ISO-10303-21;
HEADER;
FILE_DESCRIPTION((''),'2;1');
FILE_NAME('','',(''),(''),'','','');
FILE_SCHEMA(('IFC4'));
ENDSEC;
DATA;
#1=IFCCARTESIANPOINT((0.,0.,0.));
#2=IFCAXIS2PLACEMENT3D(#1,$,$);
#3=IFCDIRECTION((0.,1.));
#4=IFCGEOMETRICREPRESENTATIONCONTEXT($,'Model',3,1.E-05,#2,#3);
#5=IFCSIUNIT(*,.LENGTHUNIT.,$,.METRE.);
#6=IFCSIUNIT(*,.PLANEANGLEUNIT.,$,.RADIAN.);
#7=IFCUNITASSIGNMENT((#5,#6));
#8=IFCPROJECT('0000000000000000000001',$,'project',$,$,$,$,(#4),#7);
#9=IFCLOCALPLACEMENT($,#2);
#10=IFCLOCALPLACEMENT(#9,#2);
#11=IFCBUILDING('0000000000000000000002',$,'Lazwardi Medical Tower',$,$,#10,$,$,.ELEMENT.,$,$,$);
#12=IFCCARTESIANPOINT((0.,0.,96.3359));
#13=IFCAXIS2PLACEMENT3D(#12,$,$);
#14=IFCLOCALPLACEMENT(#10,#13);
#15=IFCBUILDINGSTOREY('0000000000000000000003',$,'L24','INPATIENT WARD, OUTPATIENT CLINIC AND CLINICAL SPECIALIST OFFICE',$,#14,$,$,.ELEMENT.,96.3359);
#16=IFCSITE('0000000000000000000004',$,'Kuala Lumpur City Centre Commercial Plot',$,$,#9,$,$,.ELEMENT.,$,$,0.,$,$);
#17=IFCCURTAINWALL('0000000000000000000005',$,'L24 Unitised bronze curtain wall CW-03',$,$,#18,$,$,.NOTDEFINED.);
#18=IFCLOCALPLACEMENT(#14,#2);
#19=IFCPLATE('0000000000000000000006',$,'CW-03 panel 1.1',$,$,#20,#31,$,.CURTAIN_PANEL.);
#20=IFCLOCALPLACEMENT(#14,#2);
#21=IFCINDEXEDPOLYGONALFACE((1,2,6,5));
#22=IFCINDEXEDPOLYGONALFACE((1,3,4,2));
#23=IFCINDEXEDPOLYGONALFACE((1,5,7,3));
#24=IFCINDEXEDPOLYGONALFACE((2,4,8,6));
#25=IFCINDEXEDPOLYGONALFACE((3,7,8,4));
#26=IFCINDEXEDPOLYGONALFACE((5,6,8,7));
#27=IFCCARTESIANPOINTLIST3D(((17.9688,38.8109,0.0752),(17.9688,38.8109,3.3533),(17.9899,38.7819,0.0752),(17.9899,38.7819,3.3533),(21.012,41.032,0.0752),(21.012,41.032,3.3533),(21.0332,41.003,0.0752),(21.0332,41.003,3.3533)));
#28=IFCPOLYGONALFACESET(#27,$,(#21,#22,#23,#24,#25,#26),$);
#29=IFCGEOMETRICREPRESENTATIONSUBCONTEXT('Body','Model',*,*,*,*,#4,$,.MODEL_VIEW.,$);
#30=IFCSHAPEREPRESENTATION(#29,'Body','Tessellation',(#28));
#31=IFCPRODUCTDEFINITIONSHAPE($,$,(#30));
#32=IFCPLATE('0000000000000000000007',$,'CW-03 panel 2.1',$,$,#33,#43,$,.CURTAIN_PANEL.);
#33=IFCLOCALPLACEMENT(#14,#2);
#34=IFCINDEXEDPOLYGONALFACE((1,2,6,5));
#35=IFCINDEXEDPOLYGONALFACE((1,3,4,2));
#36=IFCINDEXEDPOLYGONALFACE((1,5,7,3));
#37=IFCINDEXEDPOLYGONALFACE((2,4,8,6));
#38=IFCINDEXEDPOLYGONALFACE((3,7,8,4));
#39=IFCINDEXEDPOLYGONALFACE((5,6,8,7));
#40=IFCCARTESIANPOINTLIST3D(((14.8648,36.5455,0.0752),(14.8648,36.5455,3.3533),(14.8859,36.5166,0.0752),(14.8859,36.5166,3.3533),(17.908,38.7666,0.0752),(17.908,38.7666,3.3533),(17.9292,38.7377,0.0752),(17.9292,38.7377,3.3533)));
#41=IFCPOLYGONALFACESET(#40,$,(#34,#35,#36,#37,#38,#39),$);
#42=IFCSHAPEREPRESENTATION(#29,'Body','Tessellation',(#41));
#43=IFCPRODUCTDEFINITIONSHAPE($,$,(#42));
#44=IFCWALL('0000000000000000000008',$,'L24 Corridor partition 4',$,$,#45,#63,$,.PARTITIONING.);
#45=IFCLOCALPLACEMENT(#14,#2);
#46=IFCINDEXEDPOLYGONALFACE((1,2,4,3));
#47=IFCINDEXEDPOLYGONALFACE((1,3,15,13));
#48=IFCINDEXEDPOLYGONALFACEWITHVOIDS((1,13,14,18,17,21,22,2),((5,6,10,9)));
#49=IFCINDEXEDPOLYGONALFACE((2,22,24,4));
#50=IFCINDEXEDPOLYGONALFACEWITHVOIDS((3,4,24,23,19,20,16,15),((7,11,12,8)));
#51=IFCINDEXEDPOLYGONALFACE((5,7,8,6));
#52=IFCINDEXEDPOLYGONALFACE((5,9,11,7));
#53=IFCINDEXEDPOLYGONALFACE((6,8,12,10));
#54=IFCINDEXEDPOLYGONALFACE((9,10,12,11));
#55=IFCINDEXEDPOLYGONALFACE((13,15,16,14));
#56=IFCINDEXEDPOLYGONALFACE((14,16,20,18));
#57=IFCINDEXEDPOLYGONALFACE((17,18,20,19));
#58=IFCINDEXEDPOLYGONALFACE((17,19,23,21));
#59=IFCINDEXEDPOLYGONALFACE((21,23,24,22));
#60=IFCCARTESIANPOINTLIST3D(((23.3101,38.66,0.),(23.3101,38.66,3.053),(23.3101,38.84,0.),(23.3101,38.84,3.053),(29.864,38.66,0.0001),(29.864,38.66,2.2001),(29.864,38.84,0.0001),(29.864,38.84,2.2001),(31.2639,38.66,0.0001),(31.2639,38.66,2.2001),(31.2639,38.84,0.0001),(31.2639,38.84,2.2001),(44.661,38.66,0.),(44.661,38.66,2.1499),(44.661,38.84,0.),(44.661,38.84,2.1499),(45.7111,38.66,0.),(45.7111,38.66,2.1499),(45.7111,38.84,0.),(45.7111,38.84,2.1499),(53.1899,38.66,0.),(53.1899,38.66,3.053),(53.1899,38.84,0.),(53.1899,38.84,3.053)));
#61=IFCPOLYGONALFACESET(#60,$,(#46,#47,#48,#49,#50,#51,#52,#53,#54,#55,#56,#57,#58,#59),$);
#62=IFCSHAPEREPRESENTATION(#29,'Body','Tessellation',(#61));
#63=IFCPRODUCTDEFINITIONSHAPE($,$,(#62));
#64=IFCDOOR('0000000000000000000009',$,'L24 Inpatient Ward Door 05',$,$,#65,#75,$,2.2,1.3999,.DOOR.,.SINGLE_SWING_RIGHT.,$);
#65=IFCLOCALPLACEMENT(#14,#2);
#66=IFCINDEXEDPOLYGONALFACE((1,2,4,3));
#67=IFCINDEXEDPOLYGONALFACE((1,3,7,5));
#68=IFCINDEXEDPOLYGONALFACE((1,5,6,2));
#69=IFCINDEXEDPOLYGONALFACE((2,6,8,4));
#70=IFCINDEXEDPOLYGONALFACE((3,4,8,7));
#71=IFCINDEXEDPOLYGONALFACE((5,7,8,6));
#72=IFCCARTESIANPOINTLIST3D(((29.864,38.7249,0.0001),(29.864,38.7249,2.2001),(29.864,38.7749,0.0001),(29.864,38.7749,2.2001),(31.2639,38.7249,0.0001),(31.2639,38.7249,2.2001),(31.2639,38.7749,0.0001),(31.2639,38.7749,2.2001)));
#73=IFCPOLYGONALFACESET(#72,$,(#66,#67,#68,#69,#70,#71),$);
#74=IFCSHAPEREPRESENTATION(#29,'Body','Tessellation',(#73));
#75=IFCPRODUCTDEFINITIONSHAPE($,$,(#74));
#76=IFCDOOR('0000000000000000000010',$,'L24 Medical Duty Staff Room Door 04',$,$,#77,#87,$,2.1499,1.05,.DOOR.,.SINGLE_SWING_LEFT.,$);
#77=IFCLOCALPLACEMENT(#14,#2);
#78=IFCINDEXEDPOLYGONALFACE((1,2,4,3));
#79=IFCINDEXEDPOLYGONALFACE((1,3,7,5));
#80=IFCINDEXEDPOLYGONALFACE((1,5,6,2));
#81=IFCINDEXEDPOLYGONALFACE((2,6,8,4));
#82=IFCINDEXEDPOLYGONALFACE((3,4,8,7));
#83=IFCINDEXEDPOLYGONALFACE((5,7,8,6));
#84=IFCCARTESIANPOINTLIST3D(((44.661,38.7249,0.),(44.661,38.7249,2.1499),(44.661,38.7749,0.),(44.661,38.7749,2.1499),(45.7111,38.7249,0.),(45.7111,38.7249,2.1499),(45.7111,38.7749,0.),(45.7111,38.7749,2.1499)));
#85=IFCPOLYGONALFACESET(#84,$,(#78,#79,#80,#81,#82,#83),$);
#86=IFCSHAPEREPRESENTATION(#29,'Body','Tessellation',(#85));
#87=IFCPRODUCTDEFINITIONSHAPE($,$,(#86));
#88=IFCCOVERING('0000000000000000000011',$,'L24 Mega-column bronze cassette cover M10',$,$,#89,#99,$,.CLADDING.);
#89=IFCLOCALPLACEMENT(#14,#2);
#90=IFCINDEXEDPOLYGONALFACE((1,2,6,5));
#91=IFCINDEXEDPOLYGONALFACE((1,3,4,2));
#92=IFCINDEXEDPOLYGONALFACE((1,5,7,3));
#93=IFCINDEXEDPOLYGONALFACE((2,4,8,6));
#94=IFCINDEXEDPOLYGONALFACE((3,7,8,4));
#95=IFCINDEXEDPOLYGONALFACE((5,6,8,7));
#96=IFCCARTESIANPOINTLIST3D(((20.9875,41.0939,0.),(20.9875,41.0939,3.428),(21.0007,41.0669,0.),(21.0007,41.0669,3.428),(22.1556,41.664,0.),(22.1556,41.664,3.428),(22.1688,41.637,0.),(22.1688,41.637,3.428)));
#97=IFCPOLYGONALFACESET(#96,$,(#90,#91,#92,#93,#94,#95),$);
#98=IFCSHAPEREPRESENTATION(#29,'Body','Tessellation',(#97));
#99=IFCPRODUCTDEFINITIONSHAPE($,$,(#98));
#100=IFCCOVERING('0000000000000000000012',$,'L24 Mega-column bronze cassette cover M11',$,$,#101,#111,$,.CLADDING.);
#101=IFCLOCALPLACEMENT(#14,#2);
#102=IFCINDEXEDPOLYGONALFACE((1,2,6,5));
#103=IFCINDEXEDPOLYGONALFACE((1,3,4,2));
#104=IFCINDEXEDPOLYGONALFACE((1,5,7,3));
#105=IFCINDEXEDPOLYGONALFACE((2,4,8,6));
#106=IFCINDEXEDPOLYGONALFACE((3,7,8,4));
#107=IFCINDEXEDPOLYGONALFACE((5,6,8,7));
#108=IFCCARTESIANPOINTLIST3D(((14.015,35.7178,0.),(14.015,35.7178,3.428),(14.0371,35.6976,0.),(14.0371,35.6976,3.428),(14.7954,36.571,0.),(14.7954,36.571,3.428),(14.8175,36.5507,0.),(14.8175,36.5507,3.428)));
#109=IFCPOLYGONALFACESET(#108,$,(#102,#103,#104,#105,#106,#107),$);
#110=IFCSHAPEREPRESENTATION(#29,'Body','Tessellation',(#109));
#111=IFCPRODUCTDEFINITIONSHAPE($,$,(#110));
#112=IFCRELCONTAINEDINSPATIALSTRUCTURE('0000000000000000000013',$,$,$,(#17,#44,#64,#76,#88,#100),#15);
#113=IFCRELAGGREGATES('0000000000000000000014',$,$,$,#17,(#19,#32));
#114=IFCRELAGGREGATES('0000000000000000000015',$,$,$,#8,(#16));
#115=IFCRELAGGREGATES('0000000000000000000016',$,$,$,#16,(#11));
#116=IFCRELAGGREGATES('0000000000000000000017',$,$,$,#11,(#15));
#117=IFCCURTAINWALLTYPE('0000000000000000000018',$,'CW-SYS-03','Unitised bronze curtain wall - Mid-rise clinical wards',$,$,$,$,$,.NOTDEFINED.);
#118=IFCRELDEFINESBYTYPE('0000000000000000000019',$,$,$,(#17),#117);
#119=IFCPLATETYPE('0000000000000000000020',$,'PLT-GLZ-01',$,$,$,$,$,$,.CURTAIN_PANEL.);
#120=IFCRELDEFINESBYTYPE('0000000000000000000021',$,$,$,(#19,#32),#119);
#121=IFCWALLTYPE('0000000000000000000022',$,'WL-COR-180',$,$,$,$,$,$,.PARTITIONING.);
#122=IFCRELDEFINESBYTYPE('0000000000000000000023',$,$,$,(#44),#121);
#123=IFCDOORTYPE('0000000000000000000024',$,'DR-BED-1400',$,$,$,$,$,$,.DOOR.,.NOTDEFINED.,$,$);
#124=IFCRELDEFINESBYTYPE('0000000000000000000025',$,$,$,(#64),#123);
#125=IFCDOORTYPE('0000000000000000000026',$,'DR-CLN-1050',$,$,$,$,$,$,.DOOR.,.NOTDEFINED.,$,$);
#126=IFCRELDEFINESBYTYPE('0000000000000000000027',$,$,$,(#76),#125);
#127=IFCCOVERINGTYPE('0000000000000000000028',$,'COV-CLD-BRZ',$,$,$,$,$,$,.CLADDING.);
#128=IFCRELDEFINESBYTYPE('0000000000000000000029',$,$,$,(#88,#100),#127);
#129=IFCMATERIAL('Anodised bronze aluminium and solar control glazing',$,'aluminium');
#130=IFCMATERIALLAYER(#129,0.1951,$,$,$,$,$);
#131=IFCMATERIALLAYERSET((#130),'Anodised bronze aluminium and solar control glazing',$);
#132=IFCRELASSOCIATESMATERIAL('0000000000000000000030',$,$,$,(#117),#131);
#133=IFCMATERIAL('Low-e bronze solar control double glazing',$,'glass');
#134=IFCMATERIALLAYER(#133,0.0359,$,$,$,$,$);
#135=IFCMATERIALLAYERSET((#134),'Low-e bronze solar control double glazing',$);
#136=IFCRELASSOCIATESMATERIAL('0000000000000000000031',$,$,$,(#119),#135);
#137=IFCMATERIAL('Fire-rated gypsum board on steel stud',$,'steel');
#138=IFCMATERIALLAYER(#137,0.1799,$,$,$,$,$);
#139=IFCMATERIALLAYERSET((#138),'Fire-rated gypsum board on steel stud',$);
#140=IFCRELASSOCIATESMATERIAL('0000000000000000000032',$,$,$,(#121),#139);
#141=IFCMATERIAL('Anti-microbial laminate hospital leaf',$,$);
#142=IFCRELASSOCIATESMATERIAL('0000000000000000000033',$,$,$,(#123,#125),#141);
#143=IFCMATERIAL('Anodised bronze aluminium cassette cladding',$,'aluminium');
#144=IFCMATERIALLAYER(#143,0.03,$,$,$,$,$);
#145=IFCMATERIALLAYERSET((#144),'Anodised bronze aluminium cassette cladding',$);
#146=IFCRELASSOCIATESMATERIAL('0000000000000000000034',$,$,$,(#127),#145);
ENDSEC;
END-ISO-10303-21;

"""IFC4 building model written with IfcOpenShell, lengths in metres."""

from ifc_helpers import new_model, si_unit, direction, frame, frame_2d, origin, origin_2d, place, context, subcontext, project, spatial, rectangle, extrude, material, layer, layer_set, type_object, element, fill, aggregate, save


model = new_model("IFC4")

# Units and contexts
model_context = context("Model", 3, precision=1e-05, world=origin(), true_north=direction((0.0, 1.0)))
body_context = subcontext(model_context, "Body", "Model", "MODEL_VIEW")
ifc_project = project(units=[si_unit("LENGTHUNIT", "METRE"), si_unit("PLANEANGLEUNIT", "RADIAN")], contexts=[model_context])

# Site, building, storey
site_placement = place(None, origin())
site = spatial("IfcSite", under=ifc_project, at=site_placement, Name="Kuala Lumpur City Centre Commercial Plot", CompositionType="ELEMENT", RefElevation=0.0)
building_placement = place(site_placement, origin())
building = spatial("IfcBuilding", under=site, at=building_placement, Name="Lazwardi Medical Tower", CompositionType="ELEMENT")
storey_placement = place(building_placement, frame((0.0, 0.0, 96.3359)))
storey = spatial("IfcBuildingStorey", under=building, at=storey_placement, Name="L24", Description="INPATIENT WARD, OUTPATIENT CLINIC AND CLINICAL SPECIALIST OFFICE", CompositionType="ELEMENT", Elevation=96.3359)

# Shared definitions
ifc_material_1 = material(Name="Anodised bronze aluminium and solar control glazing", Category="aluminium")
ifc_layer_1 = layer(ifc_material_1, 0.1951)
ifc_layer_set_1 = layer_set([ifc_layer_1], Name="Anodised bronze aluminium and solar control glazing")
curtain_wall_type = type_object("IfcCurtainWallType", Name="CW-SYS-03", Description="Unitised bronze curtain wall - Mid-rise clinical wards", PredefinedType="NOTDEFINED", material=ifc_layer_set_1)

# Curtain wall
curtain_wall_1_placement = place(storey_placement, origin())
curtain_wall_1 = element("IfcCurtainWall", 1, at=curtain_wall_1_placement, inside=storey, type_object=curtain_wall_type, Name="L24 Unitised bronze curtain wall CW-03", PredefinedType="NOTDEFINED")

# Plates
ifc_material_2 = material(Name="Low-e bronze solar control double glazing", Category="glass")
ifc_layer_2 = layer(ifc_material_2, 0.0359)
ifc_layer_set_2 = layer_set([ifc_layer_2], Name="Low-e bronze solar control double glazing")
plate_type = type_object("IfcPlateType", Name="PLT-GLZ-01", PredefinedType="CURTAIN_PANEL", material=ifc_layer_set_2)
plate_1_placement = place(storey_placement, frame((19.501, 39.907, 0.0752), z_axis=(0.0, 0.0, 1.0), x_axis=(-0.807746, -0.589531, 0.0)))
plate_1 = element("IfcPlate", 2, at=plate_1_placement, type_object=plate_type, Name="CW-03 panel 1.1", PredefinedType="CURTAIN_PANEL", context=body_context, shape_type="SweptSolid", body=[
    extrude(rectangle(XDim=3.7676, YDim=0.0359, at=origin_2d()), origin(), (0.0, 0.0, 1.0), 3.2781),
])
plate_2_placement = place(storey_placement, frame((16.397, 37.6416, 0.0752), z_axis=(0.0, 0.0, 1.0), x_axis=(-0.807746, -0.589531, 0.0)))
plate_2 = element("IfcPlate", 3, at=plate_2_placement, type_object=plate_type, Name="CW-03 panel 2.1", PredefinedType="CURTAIN_PANEL", context=body_context, shape_type="SweptSolid", body=[
    extrude(rectangle(XDim=3.7676, YDim=0.0359, at=origin_2d()), origin(), (0.0, 0.0, 1.0), 3.2781),
])
aggregate(curtain_wall_1, [plate_1, plate_2])

# Wall, openings, doors
ifc_material_3 = material(Name="Fire-rated gypsum board on steel stud", Category="steel")
ifc_layer_3 = layer(ifc_material_3, 0.1799)
ifc_layer_set_3 = layer_set([ifc_layer_3], Name="Fire-rated gypsum board on steel stud")
wall_type = type_object("IfcWallType", Name="WL-COR-180", PredefinedType="PARTITIONING", material=ifc_layer_set_3)
wall_placement = place(storey_placement, frame((23.3101, 38.75, 0.0), z_axis=(0.0, 0.0, 1.0), x_axis=(1.0, 0.0, 0.0)))
wall = element("IfcWall", 4, at=wall_placement, inside=storey, type_object=wall_type, Name="L24 Corridor partition 4", PredefinedType="PARTITIONING", context=body_context, shape_type="SweptSolid", body=[
    extrude(rectangle(XDim=29.8799, YDim=0.1799, at=frame_2d((14.9399, 0.0))), origin(), (0.0, 0.0, 1.0), 3.053),
])
opening_1_placement = place(wall_placement, frame((21.3511, 0.0, 0.0)))
opening_1 = element("IfcOpeningElement", 5, at=opening_1_placement, cuts=wall, PredefinedType="OPENING", context=body_context, shape_type="SweptSolid", body=[
    extrude(rectangle(XDim=1.05, YDim=2.1499, at=frame_2d((0.5249, 1.075))), frame((0.0, 0.0999, 0.0), z_axis=(0.0, -1.0, 0.0), x_axis=(1.0, 0.0, 0.0)), (0.0, 0.0, 1.0), 0.2),
])
opening_2_placement = place(wall_placement, frame((6.554, 0.0, 0.0)))
opening_2 = element("IfcOpeningElement", 6, at=opening_2_placement, cuts=wall, PredefinedType="OPENING", context=body_context, shape_type="SweptSolid", body=[
    extrude(rectangle(XDim=1.3999, YDim=2.2, at=frame_2d((0.7, 1.1001))), frame((0.0, 0.0999, 0.0), z_axis=(0.0, -1.0, 0.0), x_axis=(1.0, 0.0, 0.0)), (0.0, 0.0, 1.0), 0.2),
])
ifc_material_4 = material(Name="Anti-microbial laminate hospital leaf")
door_type_1 = type_object("IfcDoorType", Name="DR-BED-1400", OperationType="NOTDEFINED", PredefinedType="DOOR", material=ifc_material_4)
door_1_placement = place(opening_2_placement, origin())
door_1 = element("IfcDoor", 7, at=door_1_placement, inside=storey, type_object=door_type_1, Name="L24 Inpatient Ward Door 05", OperationType="SINGLE_SWING_RIGHT", OverallHeight=2.2, OverallWidth=1.3999, PredefinedType="DOOR", context=body_context, shape_type="SweptSolid", body=[
    extrude(rectangle(XDim=1.3999, YDim=2.2, at=frame_2d((0.7, 1.1001))), frame((0.0, 0.0249, 0.0), z_axis=(0.0, -1.0, 0.0), x_axis=(1.0, 0.0, 0.0)), (0.0, 0.0, 1.0), 0.05),
])
fill(opening_2, door_1)
door_type_2 = type_object("IfcDoorType", Name="DR-CLN-1050", OperationType="NOTDEFINED", PredefinedType="DOOR", material=ifc_material_4)
door_2_placement = place(opening_1_placement, origin())
door_2 = element("IfcDoor", 8, at=door_2_placement, inside=storey, type_object=door_type_2, Name="L24 Medical Duty Staff Room Door 04", OperationType="SINGLE_SWING_LEFT", OverallHeight=2.1499, OverallWidth=1.05, PredefinedType="DOOR", context=body_context, shape_type="SweptSolid", body=[
    extrude(rectangle(XDim=1.05, YDim=2.1499, at=frame_2d((0.5249, 1.075))), frame((0.0, 0.0249, 0.0), z_axis=(0.0, -1.0, 0.0), x_axis=(1.0, 0.0, 0.0)), (0.0, 0.0, 1.0), 0.05),
])
fill(opening_1, door_2)

# Coverings
ifc_material_5 = material(Name="Anodised bronze aluminium cassette cladding", Category="aluminium")
ifc_layer_4 = layer(ifc_material_5, 0.03)
ifc_layer_set_4 = layer_set([ifc_layer_4], Name="Anodised bronze aluminium cassette cladding")
covering_type = type_object("IfcCoveringType", Name="COV-CLD-BRZ", PredefinedType="CLADDING", material=ifc_layer_set_4)
covering_1_placement = place(storey_placement, frame((21.5781, 41.3655, 0.0), z_axis=(0.0, 0.0, 1.0), x_axis=(-0.898679, -0.438606, 0.0)))
element("IfcCovering", 9, at=covering_1_placement, inside=storey, type_object=covering_type, Name="L24 Mega-column bronze cassette cover M10", PredefinedType="CLADDING", context=body_context, shape_type="SweptSolid", body=[
    extrude(rectangle(XDim=1.2998, YDim=0.03, at=origin_2d()), origin(), (0.0, 0.0, 1.0), 3.428),
])
covering_2_placement = place(storey_placement, frame((14.4163, 36.1343, 0.0), z_axis=(0.0, 0.0, 1.0), x_axis=(-0.674926, -0.737885, 0.0)))
element("IfcCovering", 10, at=covering_2_placement, inside=storey, type_object=covering_type, Name="L24 Mega-column bronze cassette cover M11", PredefinedType="CLADDING", context=body_context, shape_type="SweptSolid", body=[
    extrude(rectangle(XDim=1.1562, YDim=0.03, at=origin_2d()), origin(), (0.0, 0.0, 1.0), 3.428),
])

save(model, "model.ifc")
